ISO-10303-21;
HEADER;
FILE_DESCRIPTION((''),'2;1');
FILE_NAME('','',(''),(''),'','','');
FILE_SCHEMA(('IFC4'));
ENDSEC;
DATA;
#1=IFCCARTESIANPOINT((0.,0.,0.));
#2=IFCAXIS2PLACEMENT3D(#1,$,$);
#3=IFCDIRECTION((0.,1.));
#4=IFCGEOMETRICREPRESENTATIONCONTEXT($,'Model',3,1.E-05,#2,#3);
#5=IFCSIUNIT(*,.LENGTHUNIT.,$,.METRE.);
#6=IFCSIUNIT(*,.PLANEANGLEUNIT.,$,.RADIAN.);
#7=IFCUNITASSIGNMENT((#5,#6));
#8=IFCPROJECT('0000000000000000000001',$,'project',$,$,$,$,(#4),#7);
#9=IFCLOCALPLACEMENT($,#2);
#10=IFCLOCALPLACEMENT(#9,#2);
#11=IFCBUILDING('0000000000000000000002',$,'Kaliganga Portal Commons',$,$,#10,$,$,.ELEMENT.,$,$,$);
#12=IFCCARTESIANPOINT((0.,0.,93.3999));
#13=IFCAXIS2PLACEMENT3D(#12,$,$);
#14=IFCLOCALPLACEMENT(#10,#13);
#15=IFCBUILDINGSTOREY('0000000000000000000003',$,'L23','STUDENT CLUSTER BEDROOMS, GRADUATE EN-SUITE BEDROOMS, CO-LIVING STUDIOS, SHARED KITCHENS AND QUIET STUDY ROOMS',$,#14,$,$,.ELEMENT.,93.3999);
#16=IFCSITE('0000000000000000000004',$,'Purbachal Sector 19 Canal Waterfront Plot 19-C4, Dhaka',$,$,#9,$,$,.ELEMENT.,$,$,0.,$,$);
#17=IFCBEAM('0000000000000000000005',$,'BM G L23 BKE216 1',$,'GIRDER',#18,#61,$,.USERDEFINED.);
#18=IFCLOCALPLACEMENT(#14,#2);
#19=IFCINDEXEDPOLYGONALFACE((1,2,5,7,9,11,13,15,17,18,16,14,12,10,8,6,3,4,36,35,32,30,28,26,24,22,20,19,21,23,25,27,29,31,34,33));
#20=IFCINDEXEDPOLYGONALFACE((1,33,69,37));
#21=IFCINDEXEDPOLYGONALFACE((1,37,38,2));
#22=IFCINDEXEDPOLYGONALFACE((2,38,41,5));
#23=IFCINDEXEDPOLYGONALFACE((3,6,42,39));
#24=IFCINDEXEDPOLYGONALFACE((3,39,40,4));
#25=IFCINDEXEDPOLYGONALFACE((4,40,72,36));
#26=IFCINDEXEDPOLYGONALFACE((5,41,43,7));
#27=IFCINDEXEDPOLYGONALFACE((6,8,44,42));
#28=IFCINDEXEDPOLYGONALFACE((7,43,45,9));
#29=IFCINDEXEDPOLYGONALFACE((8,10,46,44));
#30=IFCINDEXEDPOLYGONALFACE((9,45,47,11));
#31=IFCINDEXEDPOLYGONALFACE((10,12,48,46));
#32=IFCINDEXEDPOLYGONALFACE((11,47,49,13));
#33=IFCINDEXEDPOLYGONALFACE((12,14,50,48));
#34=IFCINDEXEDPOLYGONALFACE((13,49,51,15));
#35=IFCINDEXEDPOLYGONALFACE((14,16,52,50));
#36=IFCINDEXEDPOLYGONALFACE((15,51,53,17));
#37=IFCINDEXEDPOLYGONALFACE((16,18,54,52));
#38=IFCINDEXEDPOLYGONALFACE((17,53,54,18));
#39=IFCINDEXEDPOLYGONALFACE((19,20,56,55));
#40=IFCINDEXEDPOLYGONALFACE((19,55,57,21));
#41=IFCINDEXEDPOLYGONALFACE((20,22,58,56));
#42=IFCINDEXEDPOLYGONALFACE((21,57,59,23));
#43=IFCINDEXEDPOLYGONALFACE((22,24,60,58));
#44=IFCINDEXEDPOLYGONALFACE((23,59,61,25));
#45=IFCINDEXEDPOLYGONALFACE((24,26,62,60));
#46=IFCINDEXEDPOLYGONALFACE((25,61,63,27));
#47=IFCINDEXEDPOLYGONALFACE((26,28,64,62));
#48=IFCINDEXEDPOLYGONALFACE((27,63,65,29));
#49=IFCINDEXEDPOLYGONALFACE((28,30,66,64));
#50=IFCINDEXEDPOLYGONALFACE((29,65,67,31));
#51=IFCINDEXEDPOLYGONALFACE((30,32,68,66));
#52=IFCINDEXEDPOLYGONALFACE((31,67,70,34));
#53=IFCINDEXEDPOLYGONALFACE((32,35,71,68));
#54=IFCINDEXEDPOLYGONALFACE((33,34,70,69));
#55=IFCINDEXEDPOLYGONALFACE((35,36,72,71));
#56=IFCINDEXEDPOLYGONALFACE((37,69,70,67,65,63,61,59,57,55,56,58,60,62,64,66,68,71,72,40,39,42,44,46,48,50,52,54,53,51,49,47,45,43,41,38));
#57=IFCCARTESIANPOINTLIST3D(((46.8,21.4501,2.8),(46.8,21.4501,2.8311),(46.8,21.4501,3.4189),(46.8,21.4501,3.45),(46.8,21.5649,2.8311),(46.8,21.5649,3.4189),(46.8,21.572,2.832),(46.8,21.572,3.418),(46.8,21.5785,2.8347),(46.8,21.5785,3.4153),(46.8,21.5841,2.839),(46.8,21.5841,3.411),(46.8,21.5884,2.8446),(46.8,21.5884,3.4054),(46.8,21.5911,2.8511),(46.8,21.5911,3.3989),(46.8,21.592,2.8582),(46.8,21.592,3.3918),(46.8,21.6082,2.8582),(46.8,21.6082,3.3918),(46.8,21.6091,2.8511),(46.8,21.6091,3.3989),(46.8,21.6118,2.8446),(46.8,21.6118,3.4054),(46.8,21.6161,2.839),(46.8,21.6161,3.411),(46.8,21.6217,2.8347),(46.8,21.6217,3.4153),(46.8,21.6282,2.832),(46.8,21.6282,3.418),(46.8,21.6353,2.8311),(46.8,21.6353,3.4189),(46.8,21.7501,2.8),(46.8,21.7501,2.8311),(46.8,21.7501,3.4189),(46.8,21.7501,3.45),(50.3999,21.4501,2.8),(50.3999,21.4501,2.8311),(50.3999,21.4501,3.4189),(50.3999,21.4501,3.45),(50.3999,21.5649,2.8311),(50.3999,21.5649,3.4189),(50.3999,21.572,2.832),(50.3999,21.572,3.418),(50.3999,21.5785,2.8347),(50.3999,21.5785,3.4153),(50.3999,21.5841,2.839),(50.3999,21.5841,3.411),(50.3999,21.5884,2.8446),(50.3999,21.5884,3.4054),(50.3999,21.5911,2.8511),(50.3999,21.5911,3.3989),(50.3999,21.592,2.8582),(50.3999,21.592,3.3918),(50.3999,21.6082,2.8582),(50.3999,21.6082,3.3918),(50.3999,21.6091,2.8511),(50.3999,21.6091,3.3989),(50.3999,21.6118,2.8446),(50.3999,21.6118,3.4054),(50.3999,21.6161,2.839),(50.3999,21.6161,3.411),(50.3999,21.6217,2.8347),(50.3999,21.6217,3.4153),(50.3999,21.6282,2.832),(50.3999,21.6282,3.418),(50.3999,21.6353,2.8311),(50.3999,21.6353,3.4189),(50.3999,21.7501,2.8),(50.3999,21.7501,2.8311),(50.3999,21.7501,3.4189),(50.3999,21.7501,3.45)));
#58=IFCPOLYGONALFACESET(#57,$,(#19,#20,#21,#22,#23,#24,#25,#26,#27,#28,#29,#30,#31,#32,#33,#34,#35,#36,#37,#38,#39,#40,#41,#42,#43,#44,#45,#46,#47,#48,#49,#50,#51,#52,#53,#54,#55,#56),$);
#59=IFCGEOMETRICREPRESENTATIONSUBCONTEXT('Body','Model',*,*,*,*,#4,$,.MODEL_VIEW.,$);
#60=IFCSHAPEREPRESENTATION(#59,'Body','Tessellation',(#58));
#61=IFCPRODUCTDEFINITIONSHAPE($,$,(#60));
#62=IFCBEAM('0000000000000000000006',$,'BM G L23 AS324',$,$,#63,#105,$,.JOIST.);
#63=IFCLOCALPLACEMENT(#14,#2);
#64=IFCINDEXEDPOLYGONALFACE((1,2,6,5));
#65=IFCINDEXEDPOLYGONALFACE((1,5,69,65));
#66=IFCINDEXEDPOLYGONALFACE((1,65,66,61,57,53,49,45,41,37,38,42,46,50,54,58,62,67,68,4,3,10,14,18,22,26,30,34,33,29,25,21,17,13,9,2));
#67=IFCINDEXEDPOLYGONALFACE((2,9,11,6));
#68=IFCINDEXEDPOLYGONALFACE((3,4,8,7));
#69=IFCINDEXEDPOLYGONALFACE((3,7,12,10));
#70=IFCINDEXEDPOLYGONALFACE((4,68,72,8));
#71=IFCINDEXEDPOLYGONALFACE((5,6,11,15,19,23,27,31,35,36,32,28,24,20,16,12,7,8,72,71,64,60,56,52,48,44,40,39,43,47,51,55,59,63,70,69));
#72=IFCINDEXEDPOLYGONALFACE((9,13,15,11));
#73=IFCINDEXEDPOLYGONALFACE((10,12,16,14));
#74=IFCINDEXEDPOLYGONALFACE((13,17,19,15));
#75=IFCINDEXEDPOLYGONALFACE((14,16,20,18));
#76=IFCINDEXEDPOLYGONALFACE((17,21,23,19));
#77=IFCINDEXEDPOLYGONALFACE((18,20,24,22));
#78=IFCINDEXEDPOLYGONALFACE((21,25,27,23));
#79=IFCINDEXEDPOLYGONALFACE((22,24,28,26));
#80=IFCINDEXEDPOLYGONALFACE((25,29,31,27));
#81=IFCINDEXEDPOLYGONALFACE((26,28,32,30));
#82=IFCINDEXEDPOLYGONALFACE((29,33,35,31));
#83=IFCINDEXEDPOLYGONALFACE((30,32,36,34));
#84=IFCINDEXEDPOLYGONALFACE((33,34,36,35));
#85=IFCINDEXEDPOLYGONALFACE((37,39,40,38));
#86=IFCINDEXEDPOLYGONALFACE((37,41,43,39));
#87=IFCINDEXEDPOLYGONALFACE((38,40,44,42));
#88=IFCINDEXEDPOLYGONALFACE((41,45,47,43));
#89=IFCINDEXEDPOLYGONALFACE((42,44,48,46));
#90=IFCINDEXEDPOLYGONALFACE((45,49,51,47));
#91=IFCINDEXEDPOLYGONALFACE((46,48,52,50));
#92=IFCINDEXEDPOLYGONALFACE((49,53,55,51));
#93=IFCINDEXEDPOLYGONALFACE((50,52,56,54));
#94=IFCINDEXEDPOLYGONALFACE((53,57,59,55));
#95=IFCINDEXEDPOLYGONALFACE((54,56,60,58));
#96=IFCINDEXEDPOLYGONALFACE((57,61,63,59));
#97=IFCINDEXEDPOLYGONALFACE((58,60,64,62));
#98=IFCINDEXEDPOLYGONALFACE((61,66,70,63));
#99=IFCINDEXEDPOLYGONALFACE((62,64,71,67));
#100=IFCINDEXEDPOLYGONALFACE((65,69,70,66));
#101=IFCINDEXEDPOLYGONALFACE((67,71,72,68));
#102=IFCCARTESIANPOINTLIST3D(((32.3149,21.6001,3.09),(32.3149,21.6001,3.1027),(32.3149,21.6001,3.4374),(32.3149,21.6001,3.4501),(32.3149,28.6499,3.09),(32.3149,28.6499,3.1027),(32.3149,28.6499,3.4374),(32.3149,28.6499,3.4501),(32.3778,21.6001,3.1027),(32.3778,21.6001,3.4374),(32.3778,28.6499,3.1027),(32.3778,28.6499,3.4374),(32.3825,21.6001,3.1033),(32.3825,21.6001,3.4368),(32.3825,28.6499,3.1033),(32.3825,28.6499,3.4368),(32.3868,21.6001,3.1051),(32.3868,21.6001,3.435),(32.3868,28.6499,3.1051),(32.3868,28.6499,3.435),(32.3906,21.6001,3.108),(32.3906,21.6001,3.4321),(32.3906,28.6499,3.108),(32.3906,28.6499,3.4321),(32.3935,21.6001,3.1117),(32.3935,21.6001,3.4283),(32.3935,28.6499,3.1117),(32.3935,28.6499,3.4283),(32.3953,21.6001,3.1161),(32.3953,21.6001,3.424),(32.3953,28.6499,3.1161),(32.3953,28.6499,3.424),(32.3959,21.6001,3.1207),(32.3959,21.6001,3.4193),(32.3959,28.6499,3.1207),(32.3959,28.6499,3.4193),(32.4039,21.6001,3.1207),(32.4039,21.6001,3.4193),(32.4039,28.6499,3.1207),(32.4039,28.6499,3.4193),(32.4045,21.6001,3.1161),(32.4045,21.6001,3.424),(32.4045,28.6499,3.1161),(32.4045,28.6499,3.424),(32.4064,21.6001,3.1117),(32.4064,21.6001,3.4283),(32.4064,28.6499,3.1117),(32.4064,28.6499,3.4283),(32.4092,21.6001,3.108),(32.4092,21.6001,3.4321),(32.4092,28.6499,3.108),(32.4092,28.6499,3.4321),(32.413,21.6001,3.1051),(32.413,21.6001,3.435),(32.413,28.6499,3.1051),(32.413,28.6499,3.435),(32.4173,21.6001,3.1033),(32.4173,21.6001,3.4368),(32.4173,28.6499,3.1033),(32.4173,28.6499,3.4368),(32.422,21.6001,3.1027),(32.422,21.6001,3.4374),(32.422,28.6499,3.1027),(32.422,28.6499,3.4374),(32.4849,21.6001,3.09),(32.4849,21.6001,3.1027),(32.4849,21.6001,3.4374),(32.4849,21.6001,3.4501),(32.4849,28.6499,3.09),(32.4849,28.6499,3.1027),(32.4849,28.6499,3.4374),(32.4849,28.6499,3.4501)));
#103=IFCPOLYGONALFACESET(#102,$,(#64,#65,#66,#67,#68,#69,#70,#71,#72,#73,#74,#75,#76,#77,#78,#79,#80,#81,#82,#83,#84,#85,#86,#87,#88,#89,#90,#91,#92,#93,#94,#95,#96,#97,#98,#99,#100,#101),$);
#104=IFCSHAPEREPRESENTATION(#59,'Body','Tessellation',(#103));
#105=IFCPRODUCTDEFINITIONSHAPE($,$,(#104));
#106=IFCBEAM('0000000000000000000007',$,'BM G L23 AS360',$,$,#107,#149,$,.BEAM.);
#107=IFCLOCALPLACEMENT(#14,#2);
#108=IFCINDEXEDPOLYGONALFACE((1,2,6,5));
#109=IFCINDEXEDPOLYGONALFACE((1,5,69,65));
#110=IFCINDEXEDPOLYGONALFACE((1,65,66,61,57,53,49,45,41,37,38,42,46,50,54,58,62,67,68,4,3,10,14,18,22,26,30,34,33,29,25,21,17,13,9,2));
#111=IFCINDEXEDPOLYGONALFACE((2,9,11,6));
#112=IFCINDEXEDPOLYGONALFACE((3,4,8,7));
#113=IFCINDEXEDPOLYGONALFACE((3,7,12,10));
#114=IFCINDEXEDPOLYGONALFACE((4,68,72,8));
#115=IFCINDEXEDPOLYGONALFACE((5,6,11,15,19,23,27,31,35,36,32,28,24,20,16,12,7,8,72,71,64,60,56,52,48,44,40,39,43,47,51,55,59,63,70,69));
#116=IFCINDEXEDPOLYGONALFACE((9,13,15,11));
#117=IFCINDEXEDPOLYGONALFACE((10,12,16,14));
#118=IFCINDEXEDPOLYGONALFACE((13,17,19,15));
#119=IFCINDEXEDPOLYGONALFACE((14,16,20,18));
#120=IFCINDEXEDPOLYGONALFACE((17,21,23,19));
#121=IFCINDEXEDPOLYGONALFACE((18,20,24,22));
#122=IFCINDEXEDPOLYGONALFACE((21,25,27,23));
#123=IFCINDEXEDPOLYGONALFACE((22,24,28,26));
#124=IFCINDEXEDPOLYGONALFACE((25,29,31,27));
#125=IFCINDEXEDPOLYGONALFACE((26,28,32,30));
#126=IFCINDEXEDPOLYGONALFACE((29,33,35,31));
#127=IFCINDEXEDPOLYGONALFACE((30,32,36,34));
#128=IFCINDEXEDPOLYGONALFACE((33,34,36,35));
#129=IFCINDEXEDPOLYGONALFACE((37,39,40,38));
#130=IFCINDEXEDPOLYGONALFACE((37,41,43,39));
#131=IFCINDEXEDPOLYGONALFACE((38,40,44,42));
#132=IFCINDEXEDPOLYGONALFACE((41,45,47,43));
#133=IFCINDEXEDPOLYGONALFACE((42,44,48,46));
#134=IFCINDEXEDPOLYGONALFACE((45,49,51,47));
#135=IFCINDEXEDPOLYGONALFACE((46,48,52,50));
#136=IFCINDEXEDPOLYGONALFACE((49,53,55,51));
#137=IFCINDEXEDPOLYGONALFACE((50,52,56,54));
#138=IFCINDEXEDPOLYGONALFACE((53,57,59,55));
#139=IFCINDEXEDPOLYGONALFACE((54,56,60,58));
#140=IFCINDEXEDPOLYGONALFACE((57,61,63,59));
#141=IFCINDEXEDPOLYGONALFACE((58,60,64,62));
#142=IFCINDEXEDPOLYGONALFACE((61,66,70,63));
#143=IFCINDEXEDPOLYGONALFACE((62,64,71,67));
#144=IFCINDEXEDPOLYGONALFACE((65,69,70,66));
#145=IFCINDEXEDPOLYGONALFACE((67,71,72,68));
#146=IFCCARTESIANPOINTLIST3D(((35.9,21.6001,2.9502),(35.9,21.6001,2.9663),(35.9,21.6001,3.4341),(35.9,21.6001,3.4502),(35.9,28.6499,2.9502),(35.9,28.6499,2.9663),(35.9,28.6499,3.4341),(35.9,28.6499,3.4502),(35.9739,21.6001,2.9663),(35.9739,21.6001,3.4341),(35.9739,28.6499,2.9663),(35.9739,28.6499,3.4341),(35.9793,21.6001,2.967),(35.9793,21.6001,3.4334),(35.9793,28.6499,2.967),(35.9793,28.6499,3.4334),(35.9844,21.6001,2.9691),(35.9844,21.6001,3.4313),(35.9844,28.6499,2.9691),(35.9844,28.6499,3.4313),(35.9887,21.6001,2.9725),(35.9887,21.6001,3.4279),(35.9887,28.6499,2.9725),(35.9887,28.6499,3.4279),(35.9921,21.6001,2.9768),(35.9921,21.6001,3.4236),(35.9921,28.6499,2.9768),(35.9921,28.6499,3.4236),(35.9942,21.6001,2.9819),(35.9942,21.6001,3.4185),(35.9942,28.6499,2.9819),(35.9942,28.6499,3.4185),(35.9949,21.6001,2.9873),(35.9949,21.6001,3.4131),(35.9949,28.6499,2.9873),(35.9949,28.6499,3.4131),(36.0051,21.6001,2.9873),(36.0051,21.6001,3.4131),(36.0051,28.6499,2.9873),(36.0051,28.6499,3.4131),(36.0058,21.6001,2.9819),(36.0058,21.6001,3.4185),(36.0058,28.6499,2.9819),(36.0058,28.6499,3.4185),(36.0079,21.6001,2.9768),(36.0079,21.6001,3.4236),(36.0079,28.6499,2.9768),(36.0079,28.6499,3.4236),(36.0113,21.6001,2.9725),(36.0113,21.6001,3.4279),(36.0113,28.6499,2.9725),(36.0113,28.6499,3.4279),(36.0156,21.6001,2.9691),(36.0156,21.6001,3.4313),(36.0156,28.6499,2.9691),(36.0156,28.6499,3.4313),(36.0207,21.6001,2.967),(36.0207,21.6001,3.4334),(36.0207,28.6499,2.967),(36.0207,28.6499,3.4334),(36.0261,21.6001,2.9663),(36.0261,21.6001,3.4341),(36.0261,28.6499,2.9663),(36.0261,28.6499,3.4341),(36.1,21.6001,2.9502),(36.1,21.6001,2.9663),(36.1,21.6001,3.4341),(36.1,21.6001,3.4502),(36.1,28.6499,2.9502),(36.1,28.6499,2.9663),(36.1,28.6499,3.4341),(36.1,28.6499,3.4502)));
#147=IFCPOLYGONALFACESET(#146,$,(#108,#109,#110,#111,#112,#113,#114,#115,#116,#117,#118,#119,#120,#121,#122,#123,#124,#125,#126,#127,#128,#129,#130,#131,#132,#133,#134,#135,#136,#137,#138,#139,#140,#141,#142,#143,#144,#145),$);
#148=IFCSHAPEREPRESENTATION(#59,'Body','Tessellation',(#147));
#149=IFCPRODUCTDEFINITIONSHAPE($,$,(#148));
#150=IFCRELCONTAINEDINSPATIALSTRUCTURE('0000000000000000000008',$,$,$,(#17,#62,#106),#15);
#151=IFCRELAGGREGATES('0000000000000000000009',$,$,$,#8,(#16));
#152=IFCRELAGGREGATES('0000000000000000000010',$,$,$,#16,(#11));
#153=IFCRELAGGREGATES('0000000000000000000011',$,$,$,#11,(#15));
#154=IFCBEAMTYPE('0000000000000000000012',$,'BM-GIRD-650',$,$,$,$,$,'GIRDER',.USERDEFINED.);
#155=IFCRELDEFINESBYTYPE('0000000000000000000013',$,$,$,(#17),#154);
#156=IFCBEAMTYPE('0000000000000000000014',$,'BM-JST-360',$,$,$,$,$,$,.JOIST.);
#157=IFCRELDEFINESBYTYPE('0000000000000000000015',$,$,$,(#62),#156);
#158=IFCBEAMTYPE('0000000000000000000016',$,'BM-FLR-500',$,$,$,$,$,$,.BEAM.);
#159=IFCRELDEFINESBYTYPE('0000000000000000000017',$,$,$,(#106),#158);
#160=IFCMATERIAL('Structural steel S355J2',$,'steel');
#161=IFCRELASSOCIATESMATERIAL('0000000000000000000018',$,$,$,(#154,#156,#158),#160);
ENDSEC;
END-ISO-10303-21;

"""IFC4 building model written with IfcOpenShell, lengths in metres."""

from ifc_helpers import new_model, si_unit, direction, frame, origin, origin_2d, place, context, subcontext, project, spatial, i_section, extrude, source, transform, mapped, material, material_profile, profile_set, type_object, element, save


model = new_model("IFC4")

# Units and contexts
model_context = context("Model", 3, precision=1e-05, world=origin(), true_north=direction((0.0, 1.0)))
body_context = subcontext(model_context, "Body", "Model", "MODEL_VIEW")
ifc_project = project(units=[si_unit("LENGTHUNIT", "METRE"), si_unit("PLANEANGLEUNIT", "RADIAN")], contexts=[model_context])

# Site, building, storey
site_placement = place(None, origin())
site = spatial("IfcSite", under=ifc_project, at=site_placement, Name="Purbachal Sector 19 Canal Waterfront Plot 19-C4, Dhaka", CompositionType="ELEMENT", RefElevation=0.0)
building_placement = place(site_placement, origin())
building = spatial("IfcBuilding", under=site, at=building_placement, Name="Kaliganga Portal Commons", CompositionType="ELEMENT")
storey_placement = place(building_placement, frame((0.0, 0.0, 93.3999)))
storey = spatial("IfcBuildingStorey", under=building, at=storey_placement, Name="L23", Description="STUDENT CLUSTER BEDROOMS, GRADUATE EN-SUITE BEDROOMS, CO-LIVING STUDIOS, SHARED KITCHENS AND QUIET STUDY ROOMS", CompositionType="ELEMENT", Elevation=93.3999)

# Beams
ifc_material_1 = material(Name="Structural steel S355J2", Category="steel")
ifc_material_profile_1 = material_profile(ifc_material_1, i_section(OverallWidth=0.3, OverallDepth=0.6499, WebThickness=0.0161, FlangeThickness=0.031, FilletRadius=0.0271, at=origin_2d()), Name="HE 650 B")
ifc_profile_set_1 = profile_set([ifc_material_profile_1], Name="Structural steel S355J2 wide-flange")
beam_type_1 = type_object("IfcBeamType", Name="BM-GIRD-650", ElementType="GIRDER", PredefinedType="USERDEFINED", material=ifc_profile_set_1)
shared_shape_1 = source(origin(), body_context, "Body", "SweptSolid", [
    extrude(i_section(OverallWidth=0.3, OverallDepth=0.6499, WebThickness=0.0161, FlangeThickness=0.031, FilletRadius=0.0271, at=origin_2d()), origin(), (0.0, 0.0, 1.0), 3.5999),
])
beam_1_placement = place(storey_placement, frame((46.8, 21.6001, 3.125), z_axis=(1.0, 0.0, 0.0), x_axis=(0.0, 1.0, 0.0)))
element("IfcBeam", 1, at=beam_1_placement, inside=storey, type_object=beam_type_1, Name="BM G L23 BKE216 1", ObjectType="GIRDER", PredefinedType="USERDEFINED", context=body_context, shape_type="MappedRepresentation", body=[
    mapped(shared_shape_1, transform((0.0, 0.0, 0.0), x_axis=(1.0, 0.0, 0.0), y_axis=(0.0, 1.0, 0.0), z_axis=(0.0, 0.0, 1.0), scale=1.0)),
])
ifc_material_profile_2 = material_profile(ifc_material_1, i_section(OverallWidth=0.1699, OverallDepth=0.3601, WebThickness=0.0081, FlangeThickness=0.0127, FilletRadius=0.0181, at=origin_2d()), Name="IPE 360")
ifc_profile_set_2 = profile_set([ifc_material_profile_2], Name="Structural steel S355J2 wide-flange")
beam_type_2 = type_object("IfcBeamType", Name="BM-JST-360", PredefinedType="JOIST", material=ifc_profile_set_2)
shared_shape_2 = source(origin(), body_context, "Body", "SweptSolid", [
    extrude(i_section(OverallWidth=0.1699, OverallDepth=0.3601, WebThickness=0.0081, FlangeThickness=0.0127, FilletRadius=0.0181, at=origin_2d()), origin(), (0.0, 0.0, 1.0), 7.0498),
])
beam_2_placement = place(storey_placement, frame((32.3999, 21.6001, 3.27), z_axis=(0.0, 1.0, 0.0), x_axis=(-1.0, 0.0, 0.0)))
element("IfcBeam", 2, at=beam_2_placement, inside=storey, type_object=beam_type_2, Name="BM G L23 AS324", PredefinedType="JOIST", context=body_context, shape_type="MappedRepresentation", body=[
    mapped(shared_shape_2, transform((0.0, 0.0, 0.0), x_axis=(1.0, 0.0, 0.0), y_axis=(0.0, 1.0, 0.0), z_axis=(0.0, 0.0, 1.0), scale=1.0)),
])
ifc_material_profile_3 = material_profile(ifc_material_1, i_section(OverallWidth=0.2, OverallDepth=0.5, WebThickness=0.0103, FlangeThickness=0.0161, FilletRadius=0.021, at=origin_2d()), Name="IPE 500")
ifc_profile_set_3 = profile_set([ifc_material_profile_3], Name="Structural steel S355J2 wide-flange")
beam_type_3 = type_object("IfcBeamType", Name="BM-FLR-500", PredefinedType="BEAM", material=ifc_profile_set_3)
shared_shape_3 = source(origin(), body_context, "Body", "SweptSolid", [
    extrude(i_section(OverallWidth=0.2, OverallDepth=0.5, WebThickness=0.0103, FlangeThickness=0.0161, FilletRadius=0.021, at=origin_2d()), origin(), (0.0, 0.0, 1.0), 7.0498),
])
for number, where, z_axis, x_axis, name in (
    (3, (36.0, 21.6001, 3.2002), (0.0, 1.0, 0.0), (-1.0, 0.0, 0.0), "BM G L23 AS360"),
):
    element("IfcBeam", number, at=place(storey_placement, frame(where, z_axis=z_axis, x_axis=x_axis)), inside=storey, type_object=beam_type_3, Name=name, PredefinedType="BEAM", context=body_context, shape_type="MappedRepresentation", body=[
        mapped(shared_shape_3, transform((0.0, 0.0, 0.0), x_axis=(1.0, 0.0, 0.0), y_axis=(0.0, 1.0, 0.0), z_axis=(0.0, 0.0, 1.0), scale=1.0)),
    ])

save(model, "model.ifc")
